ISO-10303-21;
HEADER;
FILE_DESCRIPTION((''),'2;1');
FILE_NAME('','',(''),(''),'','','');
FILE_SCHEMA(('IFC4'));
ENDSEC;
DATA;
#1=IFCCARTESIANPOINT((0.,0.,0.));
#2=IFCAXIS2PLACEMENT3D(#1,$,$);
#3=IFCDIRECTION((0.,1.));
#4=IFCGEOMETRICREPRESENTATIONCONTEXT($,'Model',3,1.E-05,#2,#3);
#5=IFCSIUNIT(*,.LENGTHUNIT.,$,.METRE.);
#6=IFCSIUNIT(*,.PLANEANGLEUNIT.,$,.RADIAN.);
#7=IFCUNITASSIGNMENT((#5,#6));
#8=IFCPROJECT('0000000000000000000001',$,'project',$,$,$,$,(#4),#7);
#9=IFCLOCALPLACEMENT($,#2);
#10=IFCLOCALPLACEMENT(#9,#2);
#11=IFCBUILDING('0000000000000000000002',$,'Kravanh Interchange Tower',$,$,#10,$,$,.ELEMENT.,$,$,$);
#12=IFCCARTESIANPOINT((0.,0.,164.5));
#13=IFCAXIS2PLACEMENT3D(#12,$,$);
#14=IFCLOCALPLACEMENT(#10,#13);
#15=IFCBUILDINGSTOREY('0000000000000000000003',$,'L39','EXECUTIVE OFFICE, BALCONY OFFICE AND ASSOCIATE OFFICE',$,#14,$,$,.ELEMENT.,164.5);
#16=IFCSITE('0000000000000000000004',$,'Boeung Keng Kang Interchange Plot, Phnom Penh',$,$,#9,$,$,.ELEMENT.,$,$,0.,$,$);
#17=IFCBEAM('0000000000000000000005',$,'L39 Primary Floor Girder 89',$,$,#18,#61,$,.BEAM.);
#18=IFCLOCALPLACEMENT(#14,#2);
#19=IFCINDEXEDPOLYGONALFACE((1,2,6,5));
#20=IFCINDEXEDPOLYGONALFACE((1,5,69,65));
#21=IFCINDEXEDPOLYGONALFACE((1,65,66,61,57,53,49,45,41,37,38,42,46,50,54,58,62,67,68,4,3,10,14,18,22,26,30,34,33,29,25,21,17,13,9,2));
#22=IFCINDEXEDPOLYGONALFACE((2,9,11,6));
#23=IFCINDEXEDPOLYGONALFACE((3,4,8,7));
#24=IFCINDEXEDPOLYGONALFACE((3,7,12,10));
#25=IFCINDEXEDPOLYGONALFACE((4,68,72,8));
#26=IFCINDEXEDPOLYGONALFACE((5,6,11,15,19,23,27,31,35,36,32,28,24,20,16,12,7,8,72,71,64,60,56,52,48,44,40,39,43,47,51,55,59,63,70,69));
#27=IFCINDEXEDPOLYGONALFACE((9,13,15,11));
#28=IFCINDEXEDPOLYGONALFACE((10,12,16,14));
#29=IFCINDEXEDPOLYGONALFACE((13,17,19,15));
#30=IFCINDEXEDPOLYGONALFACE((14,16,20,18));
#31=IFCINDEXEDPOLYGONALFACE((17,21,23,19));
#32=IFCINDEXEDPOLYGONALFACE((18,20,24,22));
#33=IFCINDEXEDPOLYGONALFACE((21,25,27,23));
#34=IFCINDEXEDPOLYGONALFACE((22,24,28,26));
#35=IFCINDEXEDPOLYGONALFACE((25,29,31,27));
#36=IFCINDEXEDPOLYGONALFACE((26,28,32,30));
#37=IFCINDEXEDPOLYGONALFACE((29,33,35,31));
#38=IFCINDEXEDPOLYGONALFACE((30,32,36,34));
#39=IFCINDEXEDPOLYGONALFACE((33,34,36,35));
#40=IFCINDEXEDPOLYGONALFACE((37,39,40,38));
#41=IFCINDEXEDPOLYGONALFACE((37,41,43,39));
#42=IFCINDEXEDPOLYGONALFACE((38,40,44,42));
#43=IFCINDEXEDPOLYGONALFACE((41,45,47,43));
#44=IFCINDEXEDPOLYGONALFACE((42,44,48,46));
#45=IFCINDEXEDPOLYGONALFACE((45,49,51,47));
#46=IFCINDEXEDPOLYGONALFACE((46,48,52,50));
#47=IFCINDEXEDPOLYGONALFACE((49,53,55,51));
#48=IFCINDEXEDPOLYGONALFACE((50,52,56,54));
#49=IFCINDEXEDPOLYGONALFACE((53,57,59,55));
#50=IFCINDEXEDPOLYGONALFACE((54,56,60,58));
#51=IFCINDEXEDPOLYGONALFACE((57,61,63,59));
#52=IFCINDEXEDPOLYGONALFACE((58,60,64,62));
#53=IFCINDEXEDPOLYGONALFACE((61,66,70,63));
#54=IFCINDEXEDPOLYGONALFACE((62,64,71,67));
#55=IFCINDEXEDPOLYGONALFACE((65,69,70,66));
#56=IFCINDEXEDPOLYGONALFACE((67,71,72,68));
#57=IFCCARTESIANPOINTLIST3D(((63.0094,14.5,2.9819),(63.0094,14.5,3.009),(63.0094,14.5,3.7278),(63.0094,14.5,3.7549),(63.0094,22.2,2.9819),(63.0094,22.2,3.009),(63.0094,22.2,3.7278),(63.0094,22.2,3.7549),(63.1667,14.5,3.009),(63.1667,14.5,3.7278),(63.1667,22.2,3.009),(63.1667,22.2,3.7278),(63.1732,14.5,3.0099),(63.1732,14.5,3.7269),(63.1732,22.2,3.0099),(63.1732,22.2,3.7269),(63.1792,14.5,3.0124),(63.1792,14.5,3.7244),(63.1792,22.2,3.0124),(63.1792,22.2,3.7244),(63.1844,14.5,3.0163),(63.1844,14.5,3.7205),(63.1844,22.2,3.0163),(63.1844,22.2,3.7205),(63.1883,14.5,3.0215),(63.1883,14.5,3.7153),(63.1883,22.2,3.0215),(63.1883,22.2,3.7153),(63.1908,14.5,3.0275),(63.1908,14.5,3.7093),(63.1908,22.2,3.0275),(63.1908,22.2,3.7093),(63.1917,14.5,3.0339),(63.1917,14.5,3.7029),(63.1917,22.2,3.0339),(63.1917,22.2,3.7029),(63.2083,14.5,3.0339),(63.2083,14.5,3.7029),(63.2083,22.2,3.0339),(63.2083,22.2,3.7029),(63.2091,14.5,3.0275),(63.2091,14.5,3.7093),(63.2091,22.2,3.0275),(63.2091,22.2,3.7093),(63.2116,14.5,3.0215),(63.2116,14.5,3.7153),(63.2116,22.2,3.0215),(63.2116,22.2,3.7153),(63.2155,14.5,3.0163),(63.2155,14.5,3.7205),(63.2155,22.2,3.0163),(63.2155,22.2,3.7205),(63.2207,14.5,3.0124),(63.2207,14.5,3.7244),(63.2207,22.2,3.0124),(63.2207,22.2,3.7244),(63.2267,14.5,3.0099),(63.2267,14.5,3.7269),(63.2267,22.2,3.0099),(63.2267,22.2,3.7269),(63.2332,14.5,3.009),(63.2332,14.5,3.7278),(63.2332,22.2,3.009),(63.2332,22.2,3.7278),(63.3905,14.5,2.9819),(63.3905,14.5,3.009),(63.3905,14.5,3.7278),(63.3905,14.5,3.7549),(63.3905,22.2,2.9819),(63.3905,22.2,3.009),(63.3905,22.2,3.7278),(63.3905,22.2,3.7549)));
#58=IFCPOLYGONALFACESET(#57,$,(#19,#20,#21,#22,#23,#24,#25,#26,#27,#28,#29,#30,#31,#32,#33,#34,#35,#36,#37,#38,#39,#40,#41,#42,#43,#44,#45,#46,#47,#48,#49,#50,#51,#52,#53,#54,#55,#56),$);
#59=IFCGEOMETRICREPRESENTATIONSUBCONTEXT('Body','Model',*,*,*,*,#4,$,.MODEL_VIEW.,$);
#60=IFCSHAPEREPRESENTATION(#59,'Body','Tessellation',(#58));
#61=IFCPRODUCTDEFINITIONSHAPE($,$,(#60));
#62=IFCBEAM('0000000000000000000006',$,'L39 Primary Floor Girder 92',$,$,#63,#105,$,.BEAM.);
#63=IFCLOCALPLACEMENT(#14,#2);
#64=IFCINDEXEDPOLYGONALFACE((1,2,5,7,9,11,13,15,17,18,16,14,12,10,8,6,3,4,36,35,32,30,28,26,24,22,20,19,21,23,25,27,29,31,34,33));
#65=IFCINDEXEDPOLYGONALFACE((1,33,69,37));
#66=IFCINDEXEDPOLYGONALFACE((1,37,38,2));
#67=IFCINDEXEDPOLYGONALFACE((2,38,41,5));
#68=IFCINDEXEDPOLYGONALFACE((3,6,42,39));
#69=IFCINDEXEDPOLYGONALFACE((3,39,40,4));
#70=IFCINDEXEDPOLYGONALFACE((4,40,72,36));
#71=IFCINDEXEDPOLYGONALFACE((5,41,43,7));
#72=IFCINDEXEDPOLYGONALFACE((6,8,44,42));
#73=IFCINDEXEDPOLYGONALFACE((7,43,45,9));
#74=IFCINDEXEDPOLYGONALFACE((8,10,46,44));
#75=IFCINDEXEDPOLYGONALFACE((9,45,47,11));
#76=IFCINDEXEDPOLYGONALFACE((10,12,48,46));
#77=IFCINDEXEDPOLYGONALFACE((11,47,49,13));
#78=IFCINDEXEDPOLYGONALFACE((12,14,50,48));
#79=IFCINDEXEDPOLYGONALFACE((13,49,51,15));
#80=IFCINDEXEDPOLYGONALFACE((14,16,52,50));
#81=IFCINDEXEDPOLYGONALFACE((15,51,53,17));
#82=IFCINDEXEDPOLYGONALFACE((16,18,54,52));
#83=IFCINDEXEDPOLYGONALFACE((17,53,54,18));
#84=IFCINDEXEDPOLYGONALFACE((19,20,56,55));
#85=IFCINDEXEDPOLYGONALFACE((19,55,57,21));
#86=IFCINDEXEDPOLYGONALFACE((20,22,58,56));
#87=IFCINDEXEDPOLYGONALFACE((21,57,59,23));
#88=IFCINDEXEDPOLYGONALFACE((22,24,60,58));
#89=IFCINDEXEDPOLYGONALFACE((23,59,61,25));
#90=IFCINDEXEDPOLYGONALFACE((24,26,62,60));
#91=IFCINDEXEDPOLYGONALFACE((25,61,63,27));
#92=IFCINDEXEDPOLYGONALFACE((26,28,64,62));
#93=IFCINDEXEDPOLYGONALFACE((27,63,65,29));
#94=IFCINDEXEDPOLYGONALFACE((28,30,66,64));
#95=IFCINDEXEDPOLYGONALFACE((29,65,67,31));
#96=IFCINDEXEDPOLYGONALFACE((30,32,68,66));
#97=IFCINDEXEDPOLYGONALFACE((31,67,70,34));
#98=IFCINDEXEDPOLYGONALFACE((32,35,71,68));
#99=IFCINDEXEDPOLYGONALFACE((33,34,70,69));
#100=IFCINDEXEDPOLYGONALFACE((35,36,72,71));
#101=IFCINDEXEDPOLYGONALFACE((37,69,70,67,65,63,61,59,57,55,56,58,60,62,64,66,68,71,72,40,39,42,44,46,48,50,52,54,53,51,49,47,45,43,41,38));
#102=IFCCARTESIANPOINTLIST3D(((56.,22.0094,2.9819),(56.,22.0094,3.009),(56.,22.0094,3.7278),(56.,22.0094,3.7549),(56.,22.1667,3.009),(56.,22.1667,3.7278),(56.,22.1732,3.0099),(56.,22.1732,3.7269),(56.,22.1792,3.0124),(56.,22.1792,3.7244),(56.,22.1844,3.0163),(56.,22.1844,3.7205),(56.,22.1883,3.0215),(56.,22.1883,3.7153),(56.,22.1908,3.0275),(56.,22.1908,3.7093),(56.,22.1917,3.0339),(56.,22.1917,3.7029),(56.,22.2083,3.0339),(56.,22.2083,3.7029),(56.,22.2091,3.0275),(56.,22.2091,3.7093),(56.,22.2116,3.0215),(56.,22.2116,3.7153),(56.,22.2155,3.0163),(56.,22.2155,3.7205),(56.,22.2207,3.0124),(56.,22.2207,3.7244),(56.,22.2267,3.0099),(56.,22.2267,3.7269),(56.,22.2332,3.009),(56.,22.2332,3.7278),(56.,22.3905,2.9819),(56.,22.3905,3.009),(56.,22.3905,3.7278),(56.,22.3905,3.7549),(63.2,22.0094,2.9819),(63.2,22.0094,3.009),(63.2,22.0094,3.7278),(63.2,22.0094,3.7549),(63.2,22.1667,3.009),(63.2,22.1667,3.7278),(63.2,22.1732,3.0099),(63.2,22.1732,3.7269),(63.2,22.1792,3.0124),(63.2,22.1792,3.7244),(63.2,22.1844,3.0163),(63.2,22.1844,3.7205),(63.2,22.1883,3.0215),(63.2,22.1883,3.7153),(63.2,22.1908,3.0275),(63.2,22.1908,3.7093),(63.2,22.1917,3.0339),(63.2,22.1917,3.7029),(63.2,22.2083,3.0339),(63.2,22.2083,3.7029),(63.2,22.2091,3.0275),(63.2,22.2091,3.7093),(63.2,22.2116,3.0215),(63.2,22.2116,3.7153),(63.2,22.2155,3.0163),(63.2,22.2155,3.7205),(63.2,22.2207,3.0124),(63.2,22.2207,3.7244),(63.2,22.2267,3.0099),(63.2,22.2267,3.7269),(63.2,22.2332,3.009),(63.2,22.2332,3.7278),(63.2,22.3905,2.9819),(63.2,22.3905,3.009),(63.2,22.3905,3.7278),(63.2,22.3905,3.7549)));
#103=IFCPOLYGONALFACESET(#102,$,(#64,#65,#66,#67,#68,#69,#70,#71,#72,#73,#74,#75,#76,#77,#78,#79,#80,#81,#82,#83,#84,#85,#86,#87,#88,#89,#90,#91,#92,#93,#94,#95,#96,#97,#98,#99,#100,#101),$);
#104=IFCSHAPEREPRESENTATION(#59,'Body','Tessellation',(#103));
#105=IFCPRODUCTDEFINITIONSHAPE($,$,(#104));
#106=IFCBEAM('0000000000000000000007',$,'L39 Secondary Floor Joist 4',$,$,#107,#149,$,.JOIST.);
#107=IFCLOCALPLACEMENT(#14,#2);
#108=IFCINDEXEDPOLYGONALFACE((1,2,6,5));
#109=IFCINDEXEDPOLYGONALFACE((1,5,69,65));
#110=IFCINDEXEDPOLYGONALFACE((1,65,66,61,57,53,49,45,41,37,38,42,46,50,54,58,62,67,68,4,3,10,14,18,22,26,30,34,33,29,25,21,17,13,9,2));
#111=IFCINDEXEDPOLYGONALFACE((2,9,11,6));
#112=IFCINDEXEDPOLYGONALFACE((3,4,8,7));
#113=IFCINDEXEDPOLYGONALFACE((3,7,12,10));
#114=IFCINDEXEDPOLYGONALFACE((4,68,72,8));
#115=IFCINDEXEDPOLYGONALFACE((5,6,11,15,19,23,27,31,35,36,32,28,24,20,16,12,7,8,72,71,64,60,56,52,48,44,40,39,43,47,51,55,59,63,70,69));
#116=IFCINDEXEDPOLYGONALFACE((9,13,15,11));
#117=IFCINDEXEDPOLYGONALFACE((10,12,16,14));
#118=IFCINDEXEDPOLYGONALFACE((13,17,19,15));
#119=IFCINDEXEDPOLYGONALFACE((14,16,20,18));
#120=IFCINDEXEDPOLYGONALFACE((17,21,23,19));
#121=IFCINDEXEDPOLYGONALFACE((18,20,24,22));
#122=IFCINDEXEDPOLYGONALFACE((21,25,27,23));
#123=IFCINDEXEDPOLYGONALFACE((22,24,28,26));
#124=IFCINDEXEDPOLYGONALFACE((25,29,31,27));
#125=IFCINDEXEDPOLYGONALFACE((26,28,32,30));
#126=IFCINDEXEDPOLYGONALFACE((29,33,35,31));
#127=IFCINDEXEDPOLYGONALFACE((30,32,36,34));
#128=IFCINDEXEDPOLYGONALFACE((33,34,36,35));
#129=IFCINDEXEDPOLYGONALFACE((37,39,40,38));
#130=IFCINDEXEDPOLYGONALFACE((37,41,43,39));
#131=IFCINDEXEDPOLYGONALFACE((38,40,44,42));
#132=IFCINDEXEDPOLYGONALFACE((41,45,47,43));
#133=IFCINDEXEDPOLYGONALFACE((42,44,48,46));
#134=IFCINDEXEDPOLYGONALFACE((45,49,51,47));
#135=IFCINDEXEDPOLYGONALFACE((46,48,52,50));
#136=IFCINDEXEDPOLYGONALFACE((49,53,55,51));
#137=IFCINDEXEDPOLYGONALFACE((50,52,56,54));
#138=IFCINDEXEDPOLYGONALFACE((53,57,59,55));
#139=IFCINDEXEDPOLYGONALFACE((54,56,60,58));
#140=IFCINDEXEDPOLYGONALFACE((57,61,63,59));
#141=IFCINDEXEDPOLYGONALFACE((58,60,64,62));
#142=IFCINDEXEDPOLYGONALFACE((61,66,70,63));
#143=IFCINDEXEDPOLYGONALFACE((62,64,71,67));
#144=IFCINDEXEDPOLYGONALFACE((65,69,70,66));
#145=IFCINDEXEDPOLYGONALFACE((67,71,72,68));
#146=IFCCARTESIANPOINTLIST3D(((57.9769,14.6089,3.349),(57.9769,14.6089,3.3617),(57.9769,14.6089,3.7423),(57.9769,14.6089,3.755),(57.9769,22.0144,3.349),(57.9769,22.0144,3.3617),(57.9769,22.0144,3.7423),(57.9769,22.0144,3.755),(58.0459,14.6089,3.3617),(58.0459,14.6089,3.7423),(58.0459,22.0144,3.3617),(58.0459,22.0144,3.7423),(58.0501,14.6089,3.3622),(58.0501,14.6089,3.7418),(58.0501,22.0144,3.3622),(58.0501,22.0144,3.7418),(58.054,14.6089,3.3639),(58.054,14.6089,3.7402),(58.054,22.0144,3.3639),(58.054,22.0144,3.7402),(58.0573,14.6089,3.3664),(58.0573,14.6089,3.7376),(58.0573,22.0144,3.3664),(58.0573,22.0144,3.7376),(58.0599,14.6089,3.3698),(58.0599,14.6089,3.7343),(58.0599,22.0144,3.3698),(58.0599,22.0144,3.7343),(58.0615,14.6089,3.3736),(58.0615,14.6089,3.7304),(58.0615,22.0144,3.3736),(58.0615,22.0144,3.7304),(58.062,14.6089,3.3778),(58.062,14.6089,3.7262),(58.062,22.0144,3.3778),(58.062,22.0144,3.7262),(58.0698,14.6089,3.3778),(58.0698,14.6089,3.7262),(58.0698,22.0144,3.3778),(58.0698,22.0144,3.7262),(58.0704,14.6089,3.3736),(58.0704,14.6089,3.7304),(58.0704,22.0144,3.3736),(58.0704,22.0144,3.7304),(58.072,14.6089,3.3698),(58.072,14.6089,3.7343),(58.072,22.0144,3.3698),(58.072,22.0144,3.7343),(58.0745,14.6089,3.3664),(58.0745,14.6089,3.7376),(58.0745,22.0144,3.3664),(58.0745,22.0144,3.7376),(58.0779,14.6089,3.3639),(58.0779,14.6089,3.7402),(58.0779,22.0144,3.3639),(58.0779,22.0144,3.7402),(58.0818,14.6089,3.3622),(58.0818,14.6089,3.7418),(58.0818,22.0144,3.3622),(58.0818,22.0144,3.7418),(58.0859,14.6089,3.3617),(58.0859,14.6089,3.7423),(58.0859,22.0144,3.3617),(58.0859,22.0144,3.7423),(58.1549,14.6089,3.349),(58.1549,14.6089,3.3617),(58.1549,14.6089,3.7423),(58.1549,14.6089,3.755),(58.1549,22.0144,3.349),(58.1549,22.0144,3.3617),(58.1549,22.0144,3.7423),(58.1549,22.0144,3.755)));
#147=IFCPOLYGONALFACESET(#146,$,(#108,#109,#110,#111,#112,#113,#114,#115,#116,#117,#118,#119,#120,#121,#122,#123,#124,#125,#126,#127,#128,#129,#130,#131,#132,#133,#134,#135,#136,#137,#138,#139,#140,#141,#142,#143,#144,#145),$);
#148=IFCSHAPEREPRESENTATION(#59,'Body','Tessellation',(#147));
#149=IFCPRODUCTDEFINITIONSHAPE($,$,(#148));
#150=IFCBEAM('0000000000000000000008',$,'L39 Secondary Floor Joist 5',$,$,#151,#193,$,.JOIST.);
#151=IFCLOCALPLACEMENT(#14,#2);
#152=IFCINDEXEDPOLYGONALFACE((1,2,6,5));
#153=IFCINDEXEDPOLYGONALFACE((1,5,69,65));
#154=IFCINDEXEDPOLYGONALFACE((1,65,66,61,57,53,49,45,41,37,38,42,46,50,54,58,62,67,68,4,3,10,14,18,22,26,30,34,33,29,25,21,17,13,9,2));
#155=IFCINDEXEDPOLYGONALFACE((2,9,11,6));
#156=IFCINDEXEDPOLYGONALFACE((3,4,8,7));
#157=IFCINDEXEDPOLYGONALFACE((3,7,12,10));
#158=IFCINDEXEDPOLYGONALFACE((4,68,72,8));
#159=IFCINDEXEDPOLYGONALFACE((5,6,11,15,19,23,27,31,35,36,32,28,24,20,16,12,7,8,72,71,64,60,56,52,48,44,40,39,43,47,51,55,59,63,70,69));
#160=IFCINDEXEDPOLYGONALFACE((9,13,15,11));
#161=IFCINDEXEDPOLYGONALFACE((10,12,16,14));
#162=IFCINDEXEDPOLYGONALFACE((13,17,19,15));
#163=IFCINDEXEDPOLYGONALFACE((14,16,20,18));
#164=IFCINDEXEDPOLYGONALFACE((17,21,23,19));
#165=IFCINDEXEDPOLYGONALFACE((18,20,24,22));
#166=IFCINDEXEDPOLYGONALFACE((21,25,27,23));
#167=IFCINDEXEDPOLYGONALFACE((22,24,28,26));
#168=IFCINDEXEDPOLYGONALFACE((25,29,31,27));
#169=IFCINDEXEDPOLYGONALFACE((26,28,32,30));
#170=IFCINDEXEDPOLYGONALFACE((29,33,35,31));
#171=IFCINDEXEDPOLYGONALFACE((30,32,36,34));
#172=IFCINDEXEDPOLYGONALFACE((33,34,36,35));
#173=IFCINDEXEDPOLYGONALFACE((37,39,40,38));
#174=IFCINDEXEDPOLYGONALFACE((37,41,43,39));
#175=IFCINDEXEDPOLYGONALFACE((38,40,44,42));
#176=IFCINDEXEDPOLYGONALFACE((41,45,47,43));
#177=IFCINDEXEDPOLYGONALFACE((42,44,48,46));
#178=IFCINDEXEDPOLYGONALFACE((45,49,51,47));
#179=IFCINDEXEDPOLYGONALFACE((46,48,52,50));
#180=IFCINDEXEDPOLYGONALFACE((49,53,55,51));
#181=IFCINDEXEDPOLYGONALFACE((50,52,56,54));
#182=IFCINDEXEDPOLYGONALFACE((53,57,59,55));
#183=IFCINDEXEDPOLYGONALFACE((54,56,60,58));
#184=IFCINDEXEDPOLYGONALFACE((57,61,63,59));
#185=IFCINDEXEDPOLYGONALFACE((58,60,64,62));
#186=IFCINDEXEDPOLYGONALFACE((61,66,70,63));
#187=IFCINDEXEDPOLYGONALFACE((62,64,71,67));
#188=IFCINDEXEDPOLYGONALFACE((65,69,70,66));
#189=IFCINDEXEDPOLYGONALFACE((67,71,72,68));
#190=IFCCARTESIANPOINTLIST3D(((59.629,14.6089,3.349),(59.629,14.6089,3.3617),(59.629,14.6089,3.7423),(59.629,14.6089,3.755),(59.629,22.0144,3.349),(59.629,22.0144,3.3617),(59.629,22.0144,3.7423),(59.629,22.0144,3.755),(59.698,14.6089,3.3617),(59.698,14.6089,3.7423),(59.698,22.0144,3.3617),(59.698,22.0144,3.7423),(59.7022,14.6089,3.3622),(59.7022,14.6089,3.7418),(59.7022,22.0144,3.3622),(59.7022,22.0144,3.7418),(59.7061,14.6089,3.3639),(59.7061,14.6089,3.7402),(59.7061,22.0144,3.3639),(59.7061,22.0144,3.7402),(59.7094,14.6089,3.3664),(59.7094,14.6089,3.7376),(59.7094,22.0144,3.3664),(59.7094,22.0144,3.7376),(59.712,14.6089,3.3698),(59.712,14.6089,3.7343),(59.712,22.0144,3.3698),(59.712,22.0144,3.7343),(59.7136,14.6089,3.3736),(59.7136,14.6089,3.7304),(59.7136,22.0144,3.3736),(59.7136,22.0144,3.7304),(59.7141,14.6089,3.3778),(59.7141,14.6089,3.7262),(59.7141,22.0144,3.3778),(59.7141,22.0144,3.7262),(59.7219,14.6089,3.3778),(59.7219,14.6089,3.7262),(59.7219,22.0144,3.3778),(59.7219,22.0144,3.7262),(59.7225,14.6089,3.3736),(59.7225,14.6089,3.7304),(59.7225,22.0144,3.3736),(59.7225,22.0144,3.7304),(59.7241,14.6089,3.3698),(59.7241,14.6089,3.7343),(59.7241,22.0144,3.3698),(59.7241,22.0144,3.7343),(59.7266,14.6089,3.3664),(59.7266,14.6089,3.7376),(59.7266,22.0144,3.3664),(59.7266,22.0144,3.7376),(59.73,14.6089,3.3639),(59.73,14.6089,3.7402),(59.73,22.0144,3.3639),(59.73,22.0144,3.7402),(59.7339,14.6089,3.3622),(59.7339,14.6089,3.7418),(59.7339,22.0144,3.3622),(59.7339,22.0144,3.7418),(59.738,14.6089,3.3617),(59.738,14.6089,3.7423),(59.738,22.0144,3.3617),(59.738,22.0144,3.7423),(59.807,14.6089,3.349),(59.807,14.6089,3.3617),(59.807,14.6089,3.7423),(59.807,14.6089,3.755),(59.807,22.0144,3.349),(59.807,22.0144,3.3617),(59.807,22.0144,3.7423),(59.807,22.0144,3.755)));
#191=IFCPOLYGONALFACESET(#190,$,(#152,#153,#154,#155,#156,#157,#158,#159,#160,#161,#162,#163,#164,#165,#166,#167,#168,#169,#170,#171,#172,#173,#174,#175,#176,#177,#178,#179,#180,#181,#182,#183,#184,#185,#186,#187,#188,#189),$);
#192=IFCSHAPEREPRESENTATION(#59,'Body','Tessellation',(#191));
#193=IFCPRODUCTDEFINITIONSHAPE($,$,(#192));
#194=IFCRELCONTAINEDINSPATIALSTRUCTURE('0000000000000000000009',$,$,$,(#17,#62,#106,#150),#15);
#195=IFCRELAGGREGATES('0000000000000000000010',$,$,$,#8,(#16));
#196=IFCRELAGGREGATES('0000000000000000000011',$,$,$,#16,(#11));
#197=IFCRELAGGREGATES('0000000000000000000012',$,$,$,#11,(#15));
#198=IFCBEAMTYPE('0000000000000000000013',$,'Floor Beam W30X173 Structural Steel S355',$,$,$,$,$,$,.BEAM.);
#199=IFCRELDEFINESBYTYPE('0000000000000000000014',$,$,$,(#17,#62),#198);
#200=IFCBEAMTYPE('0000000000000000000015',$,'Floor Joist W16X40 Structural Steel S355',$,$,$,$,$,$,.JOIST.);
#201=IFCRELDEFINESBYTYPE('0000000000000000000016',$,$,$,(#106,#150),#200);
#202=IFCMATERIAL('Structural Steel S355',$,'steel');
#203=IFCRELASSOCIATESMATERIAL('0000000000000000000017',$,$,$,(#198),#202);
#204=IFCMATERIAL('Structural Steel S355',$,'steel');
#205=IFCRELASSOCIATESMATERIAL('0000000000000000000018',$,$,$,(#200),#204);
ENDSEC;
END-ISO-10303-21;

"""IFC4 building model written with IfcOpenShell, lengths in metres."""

from ifc_helpers import new_model, si_unit, direction, frame, origin, origin_2d, place, context, subcontext, project, spatial, i_section, extrude, material, material_profile, profile_set, type_object, element, save


model = new_model("IFC4")

# Units and contexts
model_context = context("Model", 3, precision=1e-05, world=origin(), true_north=direction((0.0, 1.0)))
body_context = subcontext(model_context, "Body", "Model", "MODEL_VIEW")
ifc_project = project(units=[si_unit("LENGTHUNIT", "METRE"), si_unit("PLANEANGLEUNIT", "RADIAN")], contexts=[model_context])

# Site, building, storey
site_placement = place(None, origin())
site = spatial("IfcSite", under=ifc_project, at=site_placement, Name="Boeung Keng Kang Interchange Plot, Phnom Penh", CompositionType="ELEMENT", RefElevation=0.0)
building_placement = place(site_placement, origin())
building = spatial("IfcBuilding", under=site, at=building_placement, Name="Kravanh Interchange Tower", CompositionType="ELEMENT")
storey_placement = place(building_placement, frame((0.0, 0.0, 164.5)))
storey = spatial("IfcBuildingStorey", under=building, at=storey_placement, Name="L39", Description="EXECUTIVE OFFICE, BALCONY OFFICE AND ASSOCIATE OFFICE", CompositionType="ELEMENT", Elevation=164.5)

# Beams
ifc_material_1 = material(Name="Structural Steel S355", Category="steel")
ifc_material_profile_1 = material_profile(ifc_material_1, i_section(OverallWidth=0.3811, OverallDepth=0.7729, WebThickness=0.0166, FlangeThickness=0.0271, FilletRadius=0.0249, at=origin_2d()), Name="W30X173")
ifc_profile_set_1 = profile_set([ifc_material_profile_1], Name="Structural Steel S355")
beam_type_1 = type_object("IfcBeamType", Name="Floor Beam W30X173 Structural Steel S355", PredefinedType="BEAM", material=ifc_profile_set_1)
beam_1_placement = place(storey_placement, frame((63.2, 14.5, 3.3684), z_axis=(0.0, 1.0, 0.0), x_axis=(-1.0, 0.0, 0.0)))
element("IfcBeam", 1, at=beam_1_placement, inside=storey, type_object=beam_type_1, Name="L39 Primary Floor Girder 89", PredefinedType="BEAM", context=body_context, shape_type="SweptSolid", body=[
    extrude(i_section(OverallWidth=0.3811, OverallDepth=0.7729, WebThickness=0.0166, FlangeThickness=0.0271, FilletRadius=0.0249, at=origin_2d()), origin(), (0.0, 0.0, 1.0), 7.7),
])
beam_2_placement = place(storey_placement, frame((56.0, 22.2, 3.3684), z_axis=(1.0, 0.0, 0.0), x_axis=(0.0, 1.0, 0.0)))
element("IfcBeam", 2, at=beam_2_placement, inside=storey, type_object=beam_type_1, Name="L39 Primary Floor Girder 92", PredefinedType="BEAM", context=body_context, shape_type="SweptSolid", body=[
    extrude(i_section(OverallWidth=0.3811, OverallDepth=0.7729, WebThickness=0.0166, FlangeThickness=0.0271, FilletRadius=0.0249, at=origin_2d()), origin(), (0.0, 0.0, 1.0), 7.2),
])
ifc_material_2 = material(Name="Structural Steel S355", Category="steel")
ifc_material_profile_2 = material_profile(ifc_material_2, i_section(OverallWidth=0.178, OverallDepth=0.406, WebThickness=0.0078, FlangeThickness=0.0127, FilletRadius=0.0161, at=origin_2d()), Name="W16X40")
ifc_profile_set_2 = profile_set([ifc_material_profile_2], Name="Structural Steel S355")
beam_type_2 = type_object("IfcBeamType", Name="Floor Joist W16X40 Structural Steel S355", PredefinedType="JOIST", material=ifc_profile_set_2)
for number, where, z_axis, x_axis, name in (
    (3, (58.0659, 14.6089, 3.552), (0.0, 1.0, 0.0), (-1.0, 0.0, 0.0), "L39 Secondary Floor Joist 4"),
    (4, (59.718, 14.6089, 3.552), (0.0, 1.0, 0.0), (-1.0, 0.0, 0.0), "L39 Secondary Floor Joist 5"),
):
    element("IfcBeam", number, at=place(storey_placement, frame(where, z_axis=z_axis, x_axis=x_axis)), inside=storey, type_object=beam_type_2, Name=name, PredefinedType="JOIST", context=body_context, shape_type="SweptSolid", body=[
        extrude(i_section(OverallWidth=0.178, OverallDepth=0.406, WebThickness=0.0078, FlangeThickness=0.0127, FilletRadius=0.0161, at=origin_2d()), origin(), (0.0, 0.0, 1.0), 7.4055),
    ])

save(model, "model.ifc")
